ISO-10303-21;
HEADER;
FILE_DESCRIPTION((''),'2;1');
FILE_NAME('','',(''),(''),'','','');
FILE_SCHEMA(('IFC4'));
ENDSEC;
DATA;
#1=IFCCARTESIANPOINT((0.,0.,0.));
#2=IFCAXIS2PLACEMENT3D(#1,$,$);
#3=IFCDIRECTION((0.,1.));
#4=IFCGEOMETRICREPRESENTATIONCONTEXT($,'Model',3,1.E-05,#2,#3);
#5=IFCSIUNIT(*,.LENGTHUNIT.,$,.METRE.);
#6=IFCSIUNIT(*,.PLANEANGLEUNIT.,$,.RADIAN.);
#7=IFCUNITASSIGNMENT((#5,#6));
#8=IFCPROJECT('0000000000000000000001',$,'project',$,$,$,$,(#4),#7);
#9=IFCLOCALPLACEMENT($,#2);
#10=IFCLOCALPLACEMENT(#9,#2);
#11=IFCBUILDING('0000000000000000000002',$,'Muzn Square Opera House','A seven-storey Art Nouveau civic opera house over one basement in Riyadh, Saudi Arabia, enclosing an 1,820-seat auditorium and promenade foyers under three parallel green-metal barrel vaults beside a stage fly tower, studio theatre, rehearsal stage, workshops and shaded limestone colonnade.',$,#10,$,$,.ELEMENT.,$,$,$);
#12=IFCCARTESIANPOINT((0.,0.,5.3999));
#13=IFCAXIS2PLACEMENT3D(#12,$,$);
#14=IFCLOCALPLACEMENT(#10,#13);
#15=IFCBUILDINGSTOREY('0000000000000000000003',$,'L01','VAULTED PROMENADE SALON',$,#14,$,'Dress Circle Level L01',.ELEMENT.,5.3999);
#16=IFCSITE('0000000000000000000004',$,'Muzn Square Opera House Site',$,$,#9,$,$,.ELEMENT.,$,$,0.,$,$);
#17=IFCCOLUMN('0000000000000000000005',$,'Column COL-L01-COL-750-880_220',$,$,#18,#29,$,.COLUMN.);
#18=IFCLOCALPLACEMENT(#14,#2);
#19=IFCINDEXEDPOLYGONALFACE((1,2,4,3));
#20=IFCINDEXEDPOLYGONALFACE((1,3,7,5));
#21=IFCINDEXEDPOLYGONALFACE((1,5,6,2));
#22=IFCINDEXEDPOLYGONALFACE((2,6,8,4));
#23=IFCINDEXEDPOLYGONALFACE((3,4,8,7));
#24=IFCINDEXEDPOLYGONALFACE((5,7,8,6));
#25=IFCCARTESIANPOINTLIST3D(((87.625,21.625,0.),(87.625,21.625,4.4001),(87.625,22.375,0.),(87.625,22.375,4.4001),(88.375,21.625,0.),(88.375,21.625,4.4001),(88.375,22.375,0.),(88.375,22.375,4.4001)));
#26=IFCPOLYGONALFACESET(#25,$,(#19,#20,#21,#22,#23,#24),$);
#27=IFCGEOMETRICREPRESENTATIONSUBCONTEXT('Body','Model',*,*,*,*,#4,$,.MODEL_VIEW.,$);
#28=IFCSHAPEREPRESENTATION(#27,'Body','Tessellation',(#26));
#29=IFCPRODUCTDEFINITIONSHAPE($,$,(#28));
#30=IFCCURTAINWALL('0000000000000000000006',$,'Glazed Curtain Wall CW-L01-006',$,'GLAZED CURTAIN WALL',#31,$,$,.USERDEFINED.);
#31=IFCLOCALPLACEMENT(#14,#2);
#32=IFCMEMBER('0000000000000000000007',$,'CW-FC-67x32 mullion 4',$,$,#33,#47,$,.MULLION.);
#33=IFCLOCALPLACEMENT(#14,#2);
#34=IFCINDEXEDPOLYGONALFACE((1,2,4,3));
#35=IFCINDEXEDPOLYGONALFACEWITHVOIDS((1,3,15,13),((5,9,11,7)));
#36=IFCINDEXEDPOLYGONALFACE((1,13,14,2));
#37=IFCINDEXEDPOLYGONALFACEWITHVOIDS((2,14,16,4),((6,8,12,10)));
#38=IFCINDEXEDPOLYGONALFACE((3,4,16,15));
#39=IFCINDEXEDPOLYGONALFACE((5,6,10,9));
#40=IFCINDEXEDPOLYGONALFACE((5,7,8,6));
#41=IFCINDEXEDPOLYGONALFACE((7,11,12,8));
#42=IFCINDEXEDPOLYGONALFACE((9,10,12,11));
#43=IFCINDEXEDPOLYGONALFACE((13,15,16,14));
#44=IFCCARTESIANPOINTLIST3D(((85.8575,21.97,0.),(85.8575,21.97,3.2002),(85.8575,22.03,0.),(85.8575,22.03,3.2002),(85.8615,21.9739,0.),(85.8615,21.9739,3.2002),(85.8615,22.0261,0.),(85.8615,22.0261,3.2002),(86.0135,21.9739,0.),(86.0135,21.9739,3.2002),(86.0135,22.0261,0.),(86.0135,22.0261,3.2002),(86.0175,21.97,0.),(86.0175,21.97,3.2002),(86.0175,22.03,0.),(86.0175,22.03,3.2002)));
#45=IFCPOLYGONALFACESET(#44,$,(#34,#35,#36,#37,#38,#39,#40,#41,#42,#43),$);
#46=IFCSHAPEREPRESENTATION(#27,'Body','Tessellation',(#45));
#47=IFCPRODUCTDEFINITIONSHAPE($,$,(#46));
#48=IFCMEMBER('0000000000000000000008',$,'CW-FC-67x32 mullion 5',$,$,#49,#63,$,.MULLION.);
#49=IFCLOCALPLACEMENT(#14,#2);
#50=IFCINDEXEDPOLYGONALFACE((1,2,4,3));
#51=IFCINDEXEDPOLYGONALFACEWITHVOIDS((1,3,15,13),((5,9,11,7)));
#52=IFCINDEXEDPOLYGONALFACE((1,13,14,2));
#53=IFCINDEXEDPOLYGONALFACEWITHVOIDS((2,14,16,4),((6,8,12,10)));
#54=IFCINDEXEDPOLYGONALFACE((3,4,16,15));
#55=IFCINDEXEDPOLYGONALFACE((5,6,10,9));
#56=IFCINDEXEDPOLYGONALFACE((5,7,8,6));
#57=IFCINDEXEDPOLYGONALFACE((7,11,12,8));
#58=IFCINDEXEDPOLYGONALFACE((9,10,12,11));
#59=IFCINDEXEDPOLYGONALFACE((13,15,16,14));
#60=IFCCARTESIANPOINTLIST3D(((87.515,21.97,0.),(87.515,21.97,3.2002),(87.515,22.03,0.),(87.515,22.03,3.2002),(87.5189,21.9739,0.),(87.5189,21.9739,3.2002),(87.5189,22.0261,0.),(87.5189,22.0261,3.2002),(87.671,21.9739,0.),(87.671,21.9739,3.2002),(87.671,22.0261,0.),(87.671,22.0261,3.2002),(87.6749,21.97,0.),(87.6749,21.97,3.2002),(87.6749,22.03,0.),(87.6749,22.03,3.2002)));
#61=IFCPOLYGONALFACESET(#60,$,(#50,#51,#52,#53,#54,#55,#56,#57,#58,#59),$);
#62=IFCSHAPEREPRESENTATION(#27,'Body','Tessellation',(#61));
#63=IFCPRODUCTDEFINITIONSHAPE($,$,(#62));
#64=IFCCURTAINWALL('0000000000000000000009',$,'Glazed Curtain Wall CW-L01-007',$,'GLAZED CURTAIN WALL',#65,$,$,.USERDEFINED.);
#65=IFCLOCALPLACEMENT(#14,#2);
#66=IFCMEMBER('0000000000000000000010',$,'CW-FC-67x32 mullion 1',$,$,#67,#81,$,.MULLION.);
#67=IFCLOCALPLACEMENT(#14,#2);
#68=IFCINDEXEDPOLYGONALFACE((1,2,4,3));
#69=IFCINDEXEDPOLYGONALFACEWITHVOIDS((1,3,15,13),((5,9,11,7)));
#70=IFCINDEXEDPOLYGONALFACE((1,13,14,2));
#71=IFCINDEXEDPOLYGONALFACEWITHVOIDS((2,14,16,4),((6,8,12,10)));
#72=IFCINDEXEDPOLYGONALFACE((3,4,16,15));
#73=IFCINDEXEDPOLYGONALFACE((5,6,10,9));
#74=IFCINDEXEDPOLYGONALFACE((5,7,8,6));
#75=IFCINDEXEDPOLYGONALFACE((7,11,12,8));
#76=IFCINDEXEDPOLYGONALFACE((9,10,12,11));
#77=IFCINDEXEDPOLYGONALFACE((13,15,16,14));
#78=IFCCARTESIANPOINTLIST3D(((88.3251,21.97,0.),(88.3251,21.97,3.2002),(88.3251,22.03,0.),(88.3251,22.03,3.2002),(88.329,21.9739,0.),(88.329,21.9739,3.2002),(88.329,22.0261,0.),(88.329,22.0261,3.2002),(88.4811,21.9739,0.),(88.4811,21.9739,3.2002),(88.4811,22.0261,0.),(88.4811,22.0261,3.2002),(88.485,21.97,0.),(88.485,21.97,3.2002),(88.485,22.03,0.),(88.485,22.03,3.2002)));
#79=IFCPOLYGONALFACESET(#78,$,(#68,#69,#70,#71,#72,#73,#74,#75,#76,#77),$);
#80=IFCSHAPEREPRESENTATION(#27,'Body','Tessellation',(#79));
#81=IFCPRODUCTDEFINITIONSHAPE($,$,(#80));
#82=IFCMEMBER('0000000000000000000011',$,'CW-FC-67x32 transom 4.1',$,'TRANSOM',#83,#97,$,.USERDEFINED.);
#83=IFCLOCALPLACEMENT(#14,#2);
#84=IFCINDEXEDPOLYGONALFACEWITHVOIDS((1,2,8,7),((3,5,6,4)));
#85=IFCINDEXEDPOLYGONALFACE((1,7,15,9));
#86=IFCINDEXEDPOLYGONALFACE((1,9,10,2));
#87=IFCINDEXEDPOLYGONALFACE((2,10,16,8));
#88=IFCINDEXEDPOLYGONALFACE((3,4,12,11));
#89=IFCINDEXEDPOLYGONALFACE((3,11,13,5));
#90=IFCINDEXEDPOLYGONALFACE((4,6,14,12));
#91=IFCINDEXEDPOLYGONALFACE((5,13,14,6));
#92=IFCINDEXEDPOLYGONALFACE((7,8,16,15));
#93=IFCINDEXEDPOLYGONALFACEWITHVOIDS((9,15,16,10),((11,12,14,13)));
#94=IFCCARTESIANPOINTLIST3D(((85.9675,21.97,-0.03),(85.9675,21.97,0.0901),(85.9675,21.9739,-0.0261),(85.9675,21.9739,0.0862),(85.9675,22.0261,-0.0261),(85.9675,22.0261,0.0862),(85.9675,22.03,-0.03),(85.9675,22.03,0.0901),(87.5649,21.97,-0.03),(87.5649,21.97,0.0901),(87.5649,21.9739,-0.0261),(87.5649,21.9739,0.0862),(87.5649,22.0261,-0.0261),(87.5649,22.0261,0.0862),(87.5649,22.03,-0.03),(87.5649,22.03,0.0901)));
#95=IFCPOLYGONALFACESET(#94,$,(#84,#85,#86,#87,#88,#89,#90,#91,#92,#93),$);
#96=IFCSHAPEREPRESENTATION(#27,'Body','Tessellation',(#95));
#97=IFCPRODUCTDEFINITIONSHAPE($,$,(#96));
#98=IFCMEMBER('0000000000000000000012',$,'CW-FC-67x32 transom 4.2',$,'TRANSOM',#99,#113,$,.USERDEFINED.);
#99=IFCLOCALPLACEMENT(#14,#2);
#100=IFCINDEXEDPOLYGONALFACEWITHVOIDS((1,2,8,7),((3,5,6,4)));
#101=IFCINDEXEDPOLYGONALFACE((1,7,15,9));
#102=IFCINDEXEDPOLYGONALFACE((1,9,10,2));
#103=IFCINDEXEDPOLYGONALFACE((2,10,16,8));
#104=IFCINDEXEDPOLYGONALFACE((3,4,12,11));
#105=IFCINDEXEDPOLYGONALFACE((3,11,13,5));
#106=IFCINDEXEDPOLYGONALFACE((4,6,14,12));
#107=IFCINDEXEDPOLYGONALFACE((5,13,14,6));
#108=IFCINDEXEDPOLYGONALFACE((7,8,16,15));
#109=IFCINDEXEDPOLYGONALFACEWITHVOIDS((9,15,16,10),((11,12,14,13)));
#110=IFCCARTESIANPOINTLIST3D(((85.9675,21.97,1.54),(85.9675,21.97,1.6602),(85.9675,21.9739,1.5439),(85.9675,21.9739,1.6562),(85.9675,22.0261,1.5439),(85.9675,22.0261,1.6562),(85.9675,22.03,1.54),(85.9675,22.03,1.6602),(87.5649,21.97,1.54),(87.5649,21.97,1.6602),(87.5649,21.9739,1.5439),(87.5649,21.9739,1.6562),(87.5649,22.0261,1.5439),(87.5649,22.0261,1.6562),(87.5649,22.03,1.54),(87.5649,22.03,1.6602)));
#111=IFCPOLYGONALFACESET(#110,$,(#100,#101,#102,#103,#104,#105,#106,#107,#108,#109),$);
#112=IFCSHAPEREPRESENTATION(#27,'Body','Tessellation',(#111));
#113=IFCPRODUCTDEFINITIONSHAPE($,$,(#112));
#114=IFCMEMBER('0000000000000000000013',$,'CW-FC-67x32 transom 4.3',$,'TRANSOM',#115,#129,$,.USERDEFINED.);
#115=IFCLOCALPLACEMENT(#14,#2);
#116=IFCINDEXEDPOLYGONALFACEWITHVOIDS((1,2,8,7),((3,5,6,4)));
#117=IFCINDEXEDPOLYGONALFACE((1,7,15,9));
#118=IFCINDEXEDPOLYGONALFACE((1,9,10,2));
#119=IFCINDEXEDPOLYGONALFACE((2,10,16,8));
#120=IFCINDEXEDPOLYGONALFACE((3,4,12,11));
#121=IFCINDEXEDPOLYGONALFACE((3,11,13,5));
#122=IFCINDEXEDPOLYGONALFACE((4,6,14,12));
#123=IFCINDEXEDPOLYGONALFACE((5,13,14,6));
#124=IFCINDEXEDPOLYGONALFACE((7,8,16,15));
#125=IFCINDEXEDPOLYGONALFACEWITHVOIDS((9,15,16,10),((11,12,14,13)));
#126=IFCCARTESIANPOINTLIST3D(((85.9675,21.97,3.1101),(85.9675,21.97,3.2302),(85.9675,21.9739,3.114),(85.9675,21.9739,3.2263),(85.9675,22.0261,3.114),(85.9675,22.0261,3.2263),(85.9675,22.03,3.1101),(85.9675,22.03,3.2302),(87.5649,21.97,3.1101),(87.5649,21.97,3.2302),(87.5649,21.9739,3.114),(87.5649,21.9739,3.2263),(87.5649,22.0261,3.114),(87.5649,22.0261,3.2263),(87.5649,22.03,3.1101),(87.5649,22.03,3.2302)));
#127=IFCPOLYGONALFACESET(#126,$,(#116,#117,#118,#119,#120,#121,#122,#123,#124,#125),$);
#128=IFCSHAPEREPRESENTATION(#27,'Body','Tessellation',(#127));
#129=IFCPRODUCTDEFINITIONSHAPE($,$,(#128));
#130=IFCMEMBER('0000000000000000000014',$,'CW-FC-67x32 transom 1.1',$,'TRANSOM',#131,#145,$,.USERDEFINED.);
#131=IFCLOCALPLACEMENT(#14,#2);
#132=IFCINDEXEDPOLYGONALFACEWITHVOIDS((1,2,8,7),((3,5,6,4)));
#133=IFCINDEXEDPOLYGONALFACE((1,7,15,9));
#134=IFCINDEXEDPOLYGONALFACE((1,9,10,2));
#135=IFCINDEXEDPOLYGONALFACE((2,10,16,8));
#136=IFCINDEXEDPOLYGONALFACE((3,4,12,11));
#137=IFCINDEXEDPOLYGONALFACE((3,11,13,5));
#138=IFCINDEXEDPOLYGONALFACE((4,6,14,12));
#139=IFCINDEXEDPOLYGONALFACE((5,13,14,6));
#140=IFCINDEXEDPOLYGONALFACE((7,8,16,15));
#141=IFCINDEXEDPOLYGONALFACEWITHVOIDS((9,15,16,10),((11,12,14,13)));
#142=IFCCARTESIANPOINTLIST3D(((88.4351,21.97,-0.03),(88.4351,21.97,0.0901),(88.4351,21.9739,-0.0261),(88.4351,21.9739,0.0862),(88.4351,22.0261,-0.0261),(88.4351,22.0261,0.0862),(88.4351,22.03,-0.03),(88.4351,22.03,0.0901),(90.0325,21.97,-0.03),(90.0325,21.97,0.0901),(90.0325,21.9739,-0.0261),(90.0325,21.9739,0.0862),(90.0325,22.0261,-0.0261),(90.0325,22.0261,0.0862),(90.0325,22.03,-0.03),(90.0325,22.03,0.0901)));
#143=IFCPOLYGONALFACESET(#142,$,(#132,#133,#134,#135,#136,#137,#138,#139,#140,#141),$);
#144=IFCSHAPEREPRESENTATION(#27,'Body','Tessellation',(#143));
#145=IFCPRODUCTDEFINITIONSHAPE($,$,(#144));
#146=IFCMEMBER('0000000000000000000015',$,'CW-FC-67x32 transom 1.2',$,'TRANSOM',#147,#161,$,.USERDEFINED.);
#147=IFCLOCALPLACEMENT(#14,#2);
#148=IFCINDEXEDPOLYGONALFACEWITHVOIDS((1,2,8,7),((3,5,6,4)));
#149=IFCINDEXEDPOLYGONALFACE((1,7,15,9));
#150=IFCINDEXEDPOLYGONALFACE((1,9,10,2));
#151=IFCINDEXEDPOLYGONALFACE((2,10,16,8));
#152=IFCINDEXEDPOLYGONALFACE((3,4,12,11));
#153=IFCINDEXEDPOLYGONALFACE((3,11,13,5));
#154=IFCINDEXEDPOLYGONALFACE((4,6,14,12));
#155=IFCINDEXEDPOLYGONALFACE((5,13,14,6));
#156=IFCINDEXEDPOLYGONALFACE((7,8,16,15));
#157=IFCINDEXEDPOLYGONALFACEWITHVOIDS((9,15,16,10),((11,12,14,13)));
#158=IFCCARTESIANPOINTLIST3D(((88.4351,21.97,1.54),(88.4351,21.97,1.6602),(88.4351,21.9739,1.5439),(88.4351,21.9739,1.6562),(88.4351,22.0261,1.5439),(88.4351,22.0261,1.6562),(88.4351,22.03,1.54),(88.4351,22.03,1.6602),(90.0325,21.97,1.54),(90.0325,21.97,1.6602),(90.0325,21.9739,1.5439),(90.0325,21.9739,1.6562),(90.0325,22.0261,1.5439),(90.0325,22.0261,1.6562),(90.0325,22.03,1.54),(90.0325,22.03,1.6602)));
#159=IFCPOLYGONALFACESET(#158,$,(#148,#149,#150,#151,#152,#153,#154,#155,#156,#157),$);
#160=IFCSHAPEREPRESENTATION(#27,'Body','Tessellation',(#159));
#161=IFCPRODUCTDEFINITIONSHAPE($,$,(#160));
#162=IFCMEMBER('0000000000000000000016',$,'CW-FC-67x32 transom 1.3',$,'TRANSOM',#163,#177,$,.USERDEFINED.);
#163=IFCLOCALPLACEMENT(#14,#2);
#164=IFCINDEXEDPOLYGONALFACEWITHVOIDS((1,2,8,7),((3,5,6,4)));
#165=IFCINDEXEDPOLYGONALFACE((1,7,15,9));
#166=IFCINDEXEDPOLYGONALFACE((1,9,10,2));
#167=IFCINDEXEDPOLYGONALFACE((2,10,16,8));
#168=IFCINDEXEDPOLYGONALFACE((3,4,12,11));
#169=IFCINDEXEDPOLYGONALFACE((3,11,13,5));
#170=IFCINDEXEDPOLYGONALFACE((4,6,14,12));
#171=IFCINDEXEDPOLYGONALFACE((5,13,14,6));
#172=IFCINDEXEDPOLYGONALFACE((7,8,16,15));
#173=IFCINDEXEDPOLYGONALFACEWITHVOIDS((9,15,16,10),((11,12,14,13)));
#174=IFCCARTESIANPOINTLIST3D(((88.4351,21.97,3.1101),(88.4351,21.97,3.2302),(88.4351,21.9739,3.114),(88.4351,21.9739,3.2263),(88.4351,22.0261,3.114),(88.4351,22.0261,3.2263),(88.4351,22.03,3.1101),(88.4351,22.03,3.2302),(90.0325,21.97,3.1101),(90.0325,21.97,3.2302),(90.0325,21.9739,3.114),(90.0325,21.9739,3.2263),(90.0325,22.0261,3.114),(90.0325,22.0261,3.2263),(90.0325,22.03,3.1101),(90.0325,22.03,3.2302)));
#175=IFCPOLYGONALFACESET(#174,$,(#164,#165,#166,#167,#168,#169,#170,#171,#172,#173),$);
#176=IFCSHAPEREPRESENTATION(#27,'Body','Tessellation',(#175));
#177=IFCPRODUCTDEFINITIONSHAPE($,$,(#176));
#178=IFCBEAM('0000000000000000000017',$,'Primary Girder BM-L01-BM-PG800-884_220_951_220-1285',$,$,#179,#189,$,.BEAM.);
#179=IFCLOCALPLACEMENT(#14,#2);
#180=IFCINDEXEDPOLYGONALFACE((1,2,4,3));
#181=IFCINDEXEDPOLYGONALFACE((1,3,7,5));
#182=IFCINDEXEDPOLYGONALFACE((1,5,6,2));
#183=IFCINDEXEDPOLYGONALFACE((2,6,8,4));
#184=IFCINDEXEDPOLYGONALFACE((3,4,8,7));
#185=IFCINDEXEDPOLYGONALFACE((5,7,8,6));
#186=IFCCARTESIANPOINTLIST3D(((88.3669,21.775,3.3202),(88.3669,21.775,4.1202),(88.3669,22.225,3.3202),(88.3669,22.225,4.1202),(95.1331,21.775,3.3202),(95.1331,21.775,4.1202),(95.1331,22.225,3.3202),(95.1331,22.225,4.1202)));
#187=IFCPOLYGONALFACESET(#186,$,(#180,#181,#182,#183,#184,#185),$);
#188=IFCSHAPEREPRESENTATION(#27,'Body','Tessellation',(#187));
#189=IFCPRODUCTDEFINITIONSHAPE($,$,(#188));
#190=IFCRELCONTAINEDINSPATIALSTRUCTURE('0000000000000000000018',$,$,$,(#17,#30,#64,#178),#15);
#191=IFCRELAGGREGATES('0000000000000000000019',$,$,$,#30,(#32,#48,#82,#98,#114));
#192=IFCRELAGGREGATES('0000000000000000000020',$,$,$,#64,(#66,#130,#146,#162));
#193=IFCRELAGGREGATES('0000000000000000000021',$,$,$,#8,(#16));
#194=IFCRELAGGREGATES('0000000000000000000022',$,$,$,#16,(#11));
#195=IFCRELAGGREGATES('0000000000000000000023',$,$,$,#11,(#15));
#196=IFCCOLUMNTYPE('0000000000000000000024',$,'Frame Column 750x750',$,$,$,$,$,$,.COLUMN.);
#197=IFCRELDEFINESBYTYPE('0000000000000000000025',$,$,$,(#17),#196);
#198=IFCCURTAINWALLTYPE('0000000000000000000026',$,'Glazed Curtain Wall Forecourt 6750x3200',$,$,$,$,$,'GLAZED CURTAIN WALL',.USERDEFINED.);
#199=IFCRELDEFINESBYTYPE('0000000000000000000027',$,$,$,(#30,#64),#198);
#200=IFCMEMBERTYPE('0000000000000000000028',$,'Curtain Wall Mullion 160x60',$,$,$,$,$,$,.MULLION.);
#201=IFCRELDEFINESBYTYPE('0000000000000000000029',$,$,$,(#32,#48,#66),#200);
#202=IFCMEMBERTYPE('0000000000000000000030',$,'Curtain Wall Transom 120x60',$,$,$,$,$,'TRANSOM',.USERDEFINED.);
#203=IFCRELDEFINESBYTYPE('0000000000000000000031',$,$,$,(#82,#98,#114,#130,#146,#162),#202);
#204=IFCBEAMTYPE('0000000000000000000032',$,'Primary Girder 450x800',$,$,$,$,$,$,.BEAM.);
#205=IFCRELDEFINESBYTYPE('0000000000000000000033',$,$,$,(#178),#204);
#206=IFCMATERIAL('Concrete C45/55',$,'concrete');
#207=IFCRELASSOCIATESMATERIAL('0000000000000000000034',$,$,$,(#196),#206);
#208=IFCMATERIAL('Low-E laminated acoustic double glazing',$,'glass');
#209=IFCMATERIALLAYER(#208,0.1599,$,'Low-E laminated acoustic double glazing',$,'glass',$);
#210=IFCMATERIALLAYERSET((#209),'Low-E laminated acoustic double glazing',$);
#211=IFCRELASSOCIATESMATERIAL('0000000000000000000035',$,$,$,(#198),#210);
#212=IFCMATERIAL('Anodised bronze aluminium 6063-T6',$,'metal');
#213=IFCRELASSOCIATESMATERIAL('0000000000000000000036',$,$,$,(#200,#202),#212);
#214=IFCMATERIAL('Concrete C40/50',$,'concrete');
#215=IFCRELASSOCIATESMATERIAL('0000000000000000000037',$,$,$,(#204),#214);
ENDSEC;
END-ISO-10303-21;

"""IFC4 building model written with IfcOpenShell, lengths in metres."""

from ifc_helpers import new_model, si_unit, direction, frame, origin, origin_2d, place, context, subcontext, project, spatial, rectangle, hollow_rectangle, extrude, material, layer, layer_set, material_profile, profile_set, type_object, element, aggregate, save


model = new_model("IFC4")

# Units and contexts
model_context = context("Model", 3, precision=1e-05, world=origin(), true_north=direction((0.0, 1.0)))
body_context = subcontext(model_context, "Body", "Model", "MODEL_VIEW")
ifc_project = project(units=[si_unit("LENGTHUNIT", "METRE"), si_unit("PLANEANGLEUNIT", "RADIAN")], contexts=[model_context])

# Site, building, storey
site_placement = place(None, origin())
site = spatial("IfcSite", under=ifc_project, at=site_placement, Name="Muzn Square Opera House Site", CompositionType="ELEMENT", RefElevation=0.0)
building_placement = place(site_placement, origin())
building = spatial("IfcBuilding", under=site, at=building_placement, Name="Muzn Square Opera House", Description="A seven-storey Art Nouveau civic opera house over one basement in Riyadh, Saudi Arabia, enclosing an 1,820-seat auditorium and promenade foyers under three parallel green-metal barrel vaults beside a stage fly tower, studio theatre, rehearsal stage, workshops and shaded limestone colonnade.", CompositionType="ELEMENT")
storey_placement = place(building_placement, frame((0.0, 0.0, 5.3999)))
storey = spatial("IfcBuildingStorey", under=building, at=storey_placement, Name="L01", Description="VAULTED PROMENADE SALON", LongName="Dress Circle Level L01", CompositionType="ELEMENT", Elevation=5.3999)

# Column
ifc_material_1 = material(Name="Concrete C45/55", Category="concrete")
ifc_material_profile_1 = material_profile(ifc_material_1, rectangle(XDim=0.75, YDim=0.75, at=origin_2d()), Name="RC 750x750", Category="concrete")
ifc_profile_set_1 = profile_set([ifc_material_profile_1], Name="Concrete C45/55")
column_type = type_object("IfcColumnType", Name="Frame Column 750x750", PredefinedType="COLUMN", material=ifc_profile_set_1)
column_placement = place(storey_placement, frame((88.0, 22.0, 0.0), z_axis=(0.0, 0.0, 1.0), x_axis=(1.0, 0.0, 0.0)))
element("IfcColumn", 1, at=column_placement, inside=storey, type_object=column_type, Name="Column COL-L01-COL-750-880_220", PredefinedType="COLUMN", context=body_context, shape_type="SweptSolid", body=[
    extrude(rectangle(XDim=0.75, YDim=0.75, at=origin_2d()), origin(), (0.0, 0.0, 1.0), 4.4001),
])

# Curtain wall, members
ifc_material_2 = material(Name="Low-E laminated acoustic double glazing", Category="glass")
ifc_layer_1 = layer(ifc_material_2, 0.1599, Name="Low-E laminated acoustic double glazing", Category="glass")
ifc_layer_set_1 = layer_set([ifc_layer_1], Name="Low-E laminated acoustic double glazing")
curtain_wall_type = type_object("IfcCurtainWallType", Name="Glazed Curtain Wall Forecourt 6750x3200", ElementType="GLAZED CURTAIN WALL", PredefinedType="USERDEFINED", material=ifc_layer_set_1)
curtain_wall_1_placement = place(storey_placement, origin())
curtain_wall_1 = element("IfcCurtainWall", 2, at=curtain_wall_1_placement, inside=storey, type_object=curtain_wall_type, Name="Glazed Curtain Wall CW-L01-006", ObjectType="GLAZED CURTAIN WALL", PredefinedType="USERDEFINED")
ifc_material_3 = material(Name="Anodised bronze aluminium 6063-T6", Category="metal")
ifc_material_profile_2 = material_profile(ifc_material_3, hollow_rectangle(XDim=0.0601, YDim=0.1599, WallThickness=0.0039, at=origin_2d()), Name="ALU 160x60x4", Category="metal")
ifc_profile_set_2 = profile_set([ifc_material_profile_2], Name="Anodised bronze aluminium 6063-T6")
member_type_1 = type_object("IfcMemberType", Name="Curtain Wall Mullion 160x60", PredefinedType="MULLION", material=ifc_profile_set_2)
member_1_placement = place(storey_placement, frame((85.9375, 22.0, 0.0), z_axis=(0.0, 0.0, 1.0), x_axis=(0.0, 1.0, 0.0)))
member_1 = element("IfcMember", 3, at=member_1_placement, type_object=member_type_1, Name="CW-FC-67x32 mullion 4", PredefinedType="MULLION", context=body_context, shape_type="SweptSolid", body=[
    extrude(hollow_rectangle(XDim=0.0601, YDim=0.1599, WallThickness=0.0039, at=origin_2d()), origin(), (0.0, 0.0, 1.0), 3.2002),
])
member_2_placement = place(storey_placement, frame((87.595, 22.0, 0.0), z_axis=(0.0, 0.0, 1.0), x_axis=(0.0, 1.0, 0.0)))
member_2 = element("IfcMember", 4, at=member_2_placement, type_object=member_type_1, Name="CW-FC-67x32 mullion 5", PredefinedType="MULLION", context=body_context, shape_type="SweptSolid", body=[
    extrude(hollow_rectangle(XDim=0.0601, YDim=0.1599, WallThickness=0.0039, at=origin_2d()), origin(), (0.0, 0.0, 1.0), 3.2002),
])

# Curtain wall, member
curtain_wall_2_placement = place(storey_placement, origin())
curtain_wall_2 = element("IfcCurtainWall", 5, at=curtain_wall_2_placement, inside=storey, type_object=curtain_wall_type, Name="Glazed Curtain Wall CW-L01-007", ObjectType="GLAZED CURTAIN WALL", PredefinedType="USERDEFINED")
member_3_placement = place(storey_placement, frame((88.405, 22.0, 0.0), z_axis=(0.0, 0.0, 1.0), x_axis=(0.0, 1.0, 0.0)))
member_3 = element("IfcMember", 6, at=member_3_placement, type_object=member_type_1, Name="CW-FC-67x32 mullion 1", PredefinedType="MULLION", context=body_context, shape_type="SweptSolid", body=[
    extrude(hollow_rectangle(XDim=0.0601, YDim=0.1599, WallThickness=0.0039, at=origin_2d()), origin(), (0.0, 0.0, 1.0), 3.2002),
])

# Members
ifc_material_profile_3 = material_profile(ifc_material_3, hollow_rectangle(XDim=0.0601, YDim=0.1201, WallThickness=0.0039, at=origin_2d()), Name="ALU 120x60x4", Category="metal")
ifc_profile_set_3 = profile_set([ifc_material_profile_3], Name="Anodised bronze aluminium 6063-T6")
member_type_2 = type_object("IfcMemberType", Name="Curtain Wall Transom 120x60", ElementType="TRANSOM", PredefinedType="USERDEFINED", material=ifc_profile_set_3)
member_4_placement = place(storey_placement, frame((85.9675, 22.0, 0.03), z_axis=(1.0, 0.0, 0.0), x_axis=(0.0, 1.0, 0.0)))
member_4 = element("IfcMember", 7, at=member_4_placement, type_object=member_type_2, Name="CW-FC-67x32 transom 4.1", ObjectType="TRANSOM", PredefinedType="USERDEFINED", context=body_context, shape_type="SweptSolid", body=[
    extrude(hollow_rectangle(XDim=0.0601, YDim=0.1201, WallThickness=0.0039, at=origin_2d()), origin(), (0.0, 0.0, 1.0), 1.5974),
])
member_5_placement = place(storey_placement, frame((85.9675, 22.0, 1.6001), z_axis=(1.0, 0.0, 0.0), x_axis=(0.0, 1.0, 0.0)))
member_5 = element("IfcMember", 8, at=member_5_placement, type_object=member_type_2, Name="CW-FC-67x32 transom 4.2", ObjectType="TRANSOM", PredefinedType="USERDEFINED", context=body_context, shape_type="SweptSolid", body=[
    extrude(hollow_rectangle(XDim=0.0601, YDim=0.1201, WallThickness=0.0039, at=origin_2d()), origin(), (0.0, 0.0, 1.0), 1.5974),
])
member_6_placement = place(storey_placement, frame((85.9675, 22.0, 3.1702), z_axis=(1.0, 0.0, 0.0), x_axis=(0.0, 1.0, 0.0)))
member_6 = element("IfcMember", 9, at=member_6_placement, type_object=member_type_2, Name="CW-FC-67x32 transom 4.3", ObjectType="TRANSOM", PredefinedType="USERDEFINED", context=body_context, shape_type="SweptSolid", body=[
    extrude(hollow_rectangle(XDim=0.0601, YDim=0.1201, WallThickness=0.0039, at=origin_2d()), origin(), (0.0, 0.0, 1.0), 1.5974),
])
member_7_placement = place(storey_placement, frame((88.4351, 22.0, 0.03), z_axis=(1.0, 0.0, 0.0), x_axis=(0.0, 1.0, 0.0)))
member_7 = element("IfcMember", 10, at=member_7_placement, type_object=member_type_2, Name="CW-FC-67x32 transom 1.1", ObjectType="TRANSOM", PredefinedType="USERDEFINED", context=body_context, shape_type="SweptSolid", body=[
    extrude(hollow_rectangle(XDim=0.0601, YDim=0.1201, WallThickness=0.0039, at=origin_2d()), origin(), (0.0, 0.0, 1.0), 1.5974),
])
member_8_placement = place(storey_placement, frame((88.4351, 22.0, 1.6001), z_axis=(1.0, 0.0, 0.0), x_axis=(0.0, 1.0, 0.0)))
member_8 = element("IfcMember", 11, at=member_8_placement, type_object=member_type_2, Name="CW-FC-67x32 transom 1.2", ObjectType="TRANSOM", PredefinedType="USERDEFINED", context=body_context, shape_type="SweptSolid", body=[
    extrude(hollow_rectangle(XDim=0.0601, YDim=0.1201, WallThickness=0.0039, at=origin_2d()), origin(), (0.0, 0.0, 1.0), 1.5974),
])
member_9_placement = place(storey_placement, frame((88.4351, 22.0, 3.1702), z_axis=(1.0, 0.0, 0.0), x_axis=(0.0, 1.0, 0.0)))
member_9 = element("IfcMember", 12, at=member_9_placement, type_object=member_type_2, Name="CW-FC-67x32 transom 1.3", ObjectType="TRANSOM", PredefinedType="USERDEFINED", context=body_context, shape_type="SweptSolid", body=[
    extrude(hollow_rectangle(XDim=0.0601, YDim=0.1201, WallThickness=0.0039, at=origin_2d()), origin(), (0.0, 0.0, 1.0), 1.5974),
])

# Beam
ifc_material_4 = material(Name="Concrete C40/50", Category="concrete")
ifc_material_profile_4 = material_profile(ifc_material_4, rectangle(XDim=0.45, YDim=0.8, at=origin_2d()), Name="RCB 450x800", Category="concrete")
ifc_profile_set_4 = profile_set([ifc_material_profile_4], Name="Concrete C40/50")
beam_type_1 = type_object("IfcBeamType", Name="Primary Girder 450x800", PredefinedType="BEAM", material=ifc_profile_set_4)
beam_placement = place(storey_placement, frame((88.3669, 22.0, 3.7202), z_axis=(1.0, 0.0, 0.0), x_axis=(0.0, 1.0, 0.0)))
element("IfcBeam", 13, at=beam_placement, inside=storey, type_object=beam_type_1, Name="Primary Girder BM-L01-BM-PG800-884_220_951_220-1285", PredefinedType="BEAM", context=body_context, shape_type="SweptSolid", body=[
    extrude(rectangle(XDim=0.45, YDim=0.8, at=origin_2d()), origin(), (0.0, 0.0, 1.0), 6.7661),
])

aggregate(curtain_wall_1, [member_1, member_2, member_4, member_5, member_6])
aggregate(curtain_wall_2, [member_3, member_7, member_8, member_9])

save(model, "model.ifc")
